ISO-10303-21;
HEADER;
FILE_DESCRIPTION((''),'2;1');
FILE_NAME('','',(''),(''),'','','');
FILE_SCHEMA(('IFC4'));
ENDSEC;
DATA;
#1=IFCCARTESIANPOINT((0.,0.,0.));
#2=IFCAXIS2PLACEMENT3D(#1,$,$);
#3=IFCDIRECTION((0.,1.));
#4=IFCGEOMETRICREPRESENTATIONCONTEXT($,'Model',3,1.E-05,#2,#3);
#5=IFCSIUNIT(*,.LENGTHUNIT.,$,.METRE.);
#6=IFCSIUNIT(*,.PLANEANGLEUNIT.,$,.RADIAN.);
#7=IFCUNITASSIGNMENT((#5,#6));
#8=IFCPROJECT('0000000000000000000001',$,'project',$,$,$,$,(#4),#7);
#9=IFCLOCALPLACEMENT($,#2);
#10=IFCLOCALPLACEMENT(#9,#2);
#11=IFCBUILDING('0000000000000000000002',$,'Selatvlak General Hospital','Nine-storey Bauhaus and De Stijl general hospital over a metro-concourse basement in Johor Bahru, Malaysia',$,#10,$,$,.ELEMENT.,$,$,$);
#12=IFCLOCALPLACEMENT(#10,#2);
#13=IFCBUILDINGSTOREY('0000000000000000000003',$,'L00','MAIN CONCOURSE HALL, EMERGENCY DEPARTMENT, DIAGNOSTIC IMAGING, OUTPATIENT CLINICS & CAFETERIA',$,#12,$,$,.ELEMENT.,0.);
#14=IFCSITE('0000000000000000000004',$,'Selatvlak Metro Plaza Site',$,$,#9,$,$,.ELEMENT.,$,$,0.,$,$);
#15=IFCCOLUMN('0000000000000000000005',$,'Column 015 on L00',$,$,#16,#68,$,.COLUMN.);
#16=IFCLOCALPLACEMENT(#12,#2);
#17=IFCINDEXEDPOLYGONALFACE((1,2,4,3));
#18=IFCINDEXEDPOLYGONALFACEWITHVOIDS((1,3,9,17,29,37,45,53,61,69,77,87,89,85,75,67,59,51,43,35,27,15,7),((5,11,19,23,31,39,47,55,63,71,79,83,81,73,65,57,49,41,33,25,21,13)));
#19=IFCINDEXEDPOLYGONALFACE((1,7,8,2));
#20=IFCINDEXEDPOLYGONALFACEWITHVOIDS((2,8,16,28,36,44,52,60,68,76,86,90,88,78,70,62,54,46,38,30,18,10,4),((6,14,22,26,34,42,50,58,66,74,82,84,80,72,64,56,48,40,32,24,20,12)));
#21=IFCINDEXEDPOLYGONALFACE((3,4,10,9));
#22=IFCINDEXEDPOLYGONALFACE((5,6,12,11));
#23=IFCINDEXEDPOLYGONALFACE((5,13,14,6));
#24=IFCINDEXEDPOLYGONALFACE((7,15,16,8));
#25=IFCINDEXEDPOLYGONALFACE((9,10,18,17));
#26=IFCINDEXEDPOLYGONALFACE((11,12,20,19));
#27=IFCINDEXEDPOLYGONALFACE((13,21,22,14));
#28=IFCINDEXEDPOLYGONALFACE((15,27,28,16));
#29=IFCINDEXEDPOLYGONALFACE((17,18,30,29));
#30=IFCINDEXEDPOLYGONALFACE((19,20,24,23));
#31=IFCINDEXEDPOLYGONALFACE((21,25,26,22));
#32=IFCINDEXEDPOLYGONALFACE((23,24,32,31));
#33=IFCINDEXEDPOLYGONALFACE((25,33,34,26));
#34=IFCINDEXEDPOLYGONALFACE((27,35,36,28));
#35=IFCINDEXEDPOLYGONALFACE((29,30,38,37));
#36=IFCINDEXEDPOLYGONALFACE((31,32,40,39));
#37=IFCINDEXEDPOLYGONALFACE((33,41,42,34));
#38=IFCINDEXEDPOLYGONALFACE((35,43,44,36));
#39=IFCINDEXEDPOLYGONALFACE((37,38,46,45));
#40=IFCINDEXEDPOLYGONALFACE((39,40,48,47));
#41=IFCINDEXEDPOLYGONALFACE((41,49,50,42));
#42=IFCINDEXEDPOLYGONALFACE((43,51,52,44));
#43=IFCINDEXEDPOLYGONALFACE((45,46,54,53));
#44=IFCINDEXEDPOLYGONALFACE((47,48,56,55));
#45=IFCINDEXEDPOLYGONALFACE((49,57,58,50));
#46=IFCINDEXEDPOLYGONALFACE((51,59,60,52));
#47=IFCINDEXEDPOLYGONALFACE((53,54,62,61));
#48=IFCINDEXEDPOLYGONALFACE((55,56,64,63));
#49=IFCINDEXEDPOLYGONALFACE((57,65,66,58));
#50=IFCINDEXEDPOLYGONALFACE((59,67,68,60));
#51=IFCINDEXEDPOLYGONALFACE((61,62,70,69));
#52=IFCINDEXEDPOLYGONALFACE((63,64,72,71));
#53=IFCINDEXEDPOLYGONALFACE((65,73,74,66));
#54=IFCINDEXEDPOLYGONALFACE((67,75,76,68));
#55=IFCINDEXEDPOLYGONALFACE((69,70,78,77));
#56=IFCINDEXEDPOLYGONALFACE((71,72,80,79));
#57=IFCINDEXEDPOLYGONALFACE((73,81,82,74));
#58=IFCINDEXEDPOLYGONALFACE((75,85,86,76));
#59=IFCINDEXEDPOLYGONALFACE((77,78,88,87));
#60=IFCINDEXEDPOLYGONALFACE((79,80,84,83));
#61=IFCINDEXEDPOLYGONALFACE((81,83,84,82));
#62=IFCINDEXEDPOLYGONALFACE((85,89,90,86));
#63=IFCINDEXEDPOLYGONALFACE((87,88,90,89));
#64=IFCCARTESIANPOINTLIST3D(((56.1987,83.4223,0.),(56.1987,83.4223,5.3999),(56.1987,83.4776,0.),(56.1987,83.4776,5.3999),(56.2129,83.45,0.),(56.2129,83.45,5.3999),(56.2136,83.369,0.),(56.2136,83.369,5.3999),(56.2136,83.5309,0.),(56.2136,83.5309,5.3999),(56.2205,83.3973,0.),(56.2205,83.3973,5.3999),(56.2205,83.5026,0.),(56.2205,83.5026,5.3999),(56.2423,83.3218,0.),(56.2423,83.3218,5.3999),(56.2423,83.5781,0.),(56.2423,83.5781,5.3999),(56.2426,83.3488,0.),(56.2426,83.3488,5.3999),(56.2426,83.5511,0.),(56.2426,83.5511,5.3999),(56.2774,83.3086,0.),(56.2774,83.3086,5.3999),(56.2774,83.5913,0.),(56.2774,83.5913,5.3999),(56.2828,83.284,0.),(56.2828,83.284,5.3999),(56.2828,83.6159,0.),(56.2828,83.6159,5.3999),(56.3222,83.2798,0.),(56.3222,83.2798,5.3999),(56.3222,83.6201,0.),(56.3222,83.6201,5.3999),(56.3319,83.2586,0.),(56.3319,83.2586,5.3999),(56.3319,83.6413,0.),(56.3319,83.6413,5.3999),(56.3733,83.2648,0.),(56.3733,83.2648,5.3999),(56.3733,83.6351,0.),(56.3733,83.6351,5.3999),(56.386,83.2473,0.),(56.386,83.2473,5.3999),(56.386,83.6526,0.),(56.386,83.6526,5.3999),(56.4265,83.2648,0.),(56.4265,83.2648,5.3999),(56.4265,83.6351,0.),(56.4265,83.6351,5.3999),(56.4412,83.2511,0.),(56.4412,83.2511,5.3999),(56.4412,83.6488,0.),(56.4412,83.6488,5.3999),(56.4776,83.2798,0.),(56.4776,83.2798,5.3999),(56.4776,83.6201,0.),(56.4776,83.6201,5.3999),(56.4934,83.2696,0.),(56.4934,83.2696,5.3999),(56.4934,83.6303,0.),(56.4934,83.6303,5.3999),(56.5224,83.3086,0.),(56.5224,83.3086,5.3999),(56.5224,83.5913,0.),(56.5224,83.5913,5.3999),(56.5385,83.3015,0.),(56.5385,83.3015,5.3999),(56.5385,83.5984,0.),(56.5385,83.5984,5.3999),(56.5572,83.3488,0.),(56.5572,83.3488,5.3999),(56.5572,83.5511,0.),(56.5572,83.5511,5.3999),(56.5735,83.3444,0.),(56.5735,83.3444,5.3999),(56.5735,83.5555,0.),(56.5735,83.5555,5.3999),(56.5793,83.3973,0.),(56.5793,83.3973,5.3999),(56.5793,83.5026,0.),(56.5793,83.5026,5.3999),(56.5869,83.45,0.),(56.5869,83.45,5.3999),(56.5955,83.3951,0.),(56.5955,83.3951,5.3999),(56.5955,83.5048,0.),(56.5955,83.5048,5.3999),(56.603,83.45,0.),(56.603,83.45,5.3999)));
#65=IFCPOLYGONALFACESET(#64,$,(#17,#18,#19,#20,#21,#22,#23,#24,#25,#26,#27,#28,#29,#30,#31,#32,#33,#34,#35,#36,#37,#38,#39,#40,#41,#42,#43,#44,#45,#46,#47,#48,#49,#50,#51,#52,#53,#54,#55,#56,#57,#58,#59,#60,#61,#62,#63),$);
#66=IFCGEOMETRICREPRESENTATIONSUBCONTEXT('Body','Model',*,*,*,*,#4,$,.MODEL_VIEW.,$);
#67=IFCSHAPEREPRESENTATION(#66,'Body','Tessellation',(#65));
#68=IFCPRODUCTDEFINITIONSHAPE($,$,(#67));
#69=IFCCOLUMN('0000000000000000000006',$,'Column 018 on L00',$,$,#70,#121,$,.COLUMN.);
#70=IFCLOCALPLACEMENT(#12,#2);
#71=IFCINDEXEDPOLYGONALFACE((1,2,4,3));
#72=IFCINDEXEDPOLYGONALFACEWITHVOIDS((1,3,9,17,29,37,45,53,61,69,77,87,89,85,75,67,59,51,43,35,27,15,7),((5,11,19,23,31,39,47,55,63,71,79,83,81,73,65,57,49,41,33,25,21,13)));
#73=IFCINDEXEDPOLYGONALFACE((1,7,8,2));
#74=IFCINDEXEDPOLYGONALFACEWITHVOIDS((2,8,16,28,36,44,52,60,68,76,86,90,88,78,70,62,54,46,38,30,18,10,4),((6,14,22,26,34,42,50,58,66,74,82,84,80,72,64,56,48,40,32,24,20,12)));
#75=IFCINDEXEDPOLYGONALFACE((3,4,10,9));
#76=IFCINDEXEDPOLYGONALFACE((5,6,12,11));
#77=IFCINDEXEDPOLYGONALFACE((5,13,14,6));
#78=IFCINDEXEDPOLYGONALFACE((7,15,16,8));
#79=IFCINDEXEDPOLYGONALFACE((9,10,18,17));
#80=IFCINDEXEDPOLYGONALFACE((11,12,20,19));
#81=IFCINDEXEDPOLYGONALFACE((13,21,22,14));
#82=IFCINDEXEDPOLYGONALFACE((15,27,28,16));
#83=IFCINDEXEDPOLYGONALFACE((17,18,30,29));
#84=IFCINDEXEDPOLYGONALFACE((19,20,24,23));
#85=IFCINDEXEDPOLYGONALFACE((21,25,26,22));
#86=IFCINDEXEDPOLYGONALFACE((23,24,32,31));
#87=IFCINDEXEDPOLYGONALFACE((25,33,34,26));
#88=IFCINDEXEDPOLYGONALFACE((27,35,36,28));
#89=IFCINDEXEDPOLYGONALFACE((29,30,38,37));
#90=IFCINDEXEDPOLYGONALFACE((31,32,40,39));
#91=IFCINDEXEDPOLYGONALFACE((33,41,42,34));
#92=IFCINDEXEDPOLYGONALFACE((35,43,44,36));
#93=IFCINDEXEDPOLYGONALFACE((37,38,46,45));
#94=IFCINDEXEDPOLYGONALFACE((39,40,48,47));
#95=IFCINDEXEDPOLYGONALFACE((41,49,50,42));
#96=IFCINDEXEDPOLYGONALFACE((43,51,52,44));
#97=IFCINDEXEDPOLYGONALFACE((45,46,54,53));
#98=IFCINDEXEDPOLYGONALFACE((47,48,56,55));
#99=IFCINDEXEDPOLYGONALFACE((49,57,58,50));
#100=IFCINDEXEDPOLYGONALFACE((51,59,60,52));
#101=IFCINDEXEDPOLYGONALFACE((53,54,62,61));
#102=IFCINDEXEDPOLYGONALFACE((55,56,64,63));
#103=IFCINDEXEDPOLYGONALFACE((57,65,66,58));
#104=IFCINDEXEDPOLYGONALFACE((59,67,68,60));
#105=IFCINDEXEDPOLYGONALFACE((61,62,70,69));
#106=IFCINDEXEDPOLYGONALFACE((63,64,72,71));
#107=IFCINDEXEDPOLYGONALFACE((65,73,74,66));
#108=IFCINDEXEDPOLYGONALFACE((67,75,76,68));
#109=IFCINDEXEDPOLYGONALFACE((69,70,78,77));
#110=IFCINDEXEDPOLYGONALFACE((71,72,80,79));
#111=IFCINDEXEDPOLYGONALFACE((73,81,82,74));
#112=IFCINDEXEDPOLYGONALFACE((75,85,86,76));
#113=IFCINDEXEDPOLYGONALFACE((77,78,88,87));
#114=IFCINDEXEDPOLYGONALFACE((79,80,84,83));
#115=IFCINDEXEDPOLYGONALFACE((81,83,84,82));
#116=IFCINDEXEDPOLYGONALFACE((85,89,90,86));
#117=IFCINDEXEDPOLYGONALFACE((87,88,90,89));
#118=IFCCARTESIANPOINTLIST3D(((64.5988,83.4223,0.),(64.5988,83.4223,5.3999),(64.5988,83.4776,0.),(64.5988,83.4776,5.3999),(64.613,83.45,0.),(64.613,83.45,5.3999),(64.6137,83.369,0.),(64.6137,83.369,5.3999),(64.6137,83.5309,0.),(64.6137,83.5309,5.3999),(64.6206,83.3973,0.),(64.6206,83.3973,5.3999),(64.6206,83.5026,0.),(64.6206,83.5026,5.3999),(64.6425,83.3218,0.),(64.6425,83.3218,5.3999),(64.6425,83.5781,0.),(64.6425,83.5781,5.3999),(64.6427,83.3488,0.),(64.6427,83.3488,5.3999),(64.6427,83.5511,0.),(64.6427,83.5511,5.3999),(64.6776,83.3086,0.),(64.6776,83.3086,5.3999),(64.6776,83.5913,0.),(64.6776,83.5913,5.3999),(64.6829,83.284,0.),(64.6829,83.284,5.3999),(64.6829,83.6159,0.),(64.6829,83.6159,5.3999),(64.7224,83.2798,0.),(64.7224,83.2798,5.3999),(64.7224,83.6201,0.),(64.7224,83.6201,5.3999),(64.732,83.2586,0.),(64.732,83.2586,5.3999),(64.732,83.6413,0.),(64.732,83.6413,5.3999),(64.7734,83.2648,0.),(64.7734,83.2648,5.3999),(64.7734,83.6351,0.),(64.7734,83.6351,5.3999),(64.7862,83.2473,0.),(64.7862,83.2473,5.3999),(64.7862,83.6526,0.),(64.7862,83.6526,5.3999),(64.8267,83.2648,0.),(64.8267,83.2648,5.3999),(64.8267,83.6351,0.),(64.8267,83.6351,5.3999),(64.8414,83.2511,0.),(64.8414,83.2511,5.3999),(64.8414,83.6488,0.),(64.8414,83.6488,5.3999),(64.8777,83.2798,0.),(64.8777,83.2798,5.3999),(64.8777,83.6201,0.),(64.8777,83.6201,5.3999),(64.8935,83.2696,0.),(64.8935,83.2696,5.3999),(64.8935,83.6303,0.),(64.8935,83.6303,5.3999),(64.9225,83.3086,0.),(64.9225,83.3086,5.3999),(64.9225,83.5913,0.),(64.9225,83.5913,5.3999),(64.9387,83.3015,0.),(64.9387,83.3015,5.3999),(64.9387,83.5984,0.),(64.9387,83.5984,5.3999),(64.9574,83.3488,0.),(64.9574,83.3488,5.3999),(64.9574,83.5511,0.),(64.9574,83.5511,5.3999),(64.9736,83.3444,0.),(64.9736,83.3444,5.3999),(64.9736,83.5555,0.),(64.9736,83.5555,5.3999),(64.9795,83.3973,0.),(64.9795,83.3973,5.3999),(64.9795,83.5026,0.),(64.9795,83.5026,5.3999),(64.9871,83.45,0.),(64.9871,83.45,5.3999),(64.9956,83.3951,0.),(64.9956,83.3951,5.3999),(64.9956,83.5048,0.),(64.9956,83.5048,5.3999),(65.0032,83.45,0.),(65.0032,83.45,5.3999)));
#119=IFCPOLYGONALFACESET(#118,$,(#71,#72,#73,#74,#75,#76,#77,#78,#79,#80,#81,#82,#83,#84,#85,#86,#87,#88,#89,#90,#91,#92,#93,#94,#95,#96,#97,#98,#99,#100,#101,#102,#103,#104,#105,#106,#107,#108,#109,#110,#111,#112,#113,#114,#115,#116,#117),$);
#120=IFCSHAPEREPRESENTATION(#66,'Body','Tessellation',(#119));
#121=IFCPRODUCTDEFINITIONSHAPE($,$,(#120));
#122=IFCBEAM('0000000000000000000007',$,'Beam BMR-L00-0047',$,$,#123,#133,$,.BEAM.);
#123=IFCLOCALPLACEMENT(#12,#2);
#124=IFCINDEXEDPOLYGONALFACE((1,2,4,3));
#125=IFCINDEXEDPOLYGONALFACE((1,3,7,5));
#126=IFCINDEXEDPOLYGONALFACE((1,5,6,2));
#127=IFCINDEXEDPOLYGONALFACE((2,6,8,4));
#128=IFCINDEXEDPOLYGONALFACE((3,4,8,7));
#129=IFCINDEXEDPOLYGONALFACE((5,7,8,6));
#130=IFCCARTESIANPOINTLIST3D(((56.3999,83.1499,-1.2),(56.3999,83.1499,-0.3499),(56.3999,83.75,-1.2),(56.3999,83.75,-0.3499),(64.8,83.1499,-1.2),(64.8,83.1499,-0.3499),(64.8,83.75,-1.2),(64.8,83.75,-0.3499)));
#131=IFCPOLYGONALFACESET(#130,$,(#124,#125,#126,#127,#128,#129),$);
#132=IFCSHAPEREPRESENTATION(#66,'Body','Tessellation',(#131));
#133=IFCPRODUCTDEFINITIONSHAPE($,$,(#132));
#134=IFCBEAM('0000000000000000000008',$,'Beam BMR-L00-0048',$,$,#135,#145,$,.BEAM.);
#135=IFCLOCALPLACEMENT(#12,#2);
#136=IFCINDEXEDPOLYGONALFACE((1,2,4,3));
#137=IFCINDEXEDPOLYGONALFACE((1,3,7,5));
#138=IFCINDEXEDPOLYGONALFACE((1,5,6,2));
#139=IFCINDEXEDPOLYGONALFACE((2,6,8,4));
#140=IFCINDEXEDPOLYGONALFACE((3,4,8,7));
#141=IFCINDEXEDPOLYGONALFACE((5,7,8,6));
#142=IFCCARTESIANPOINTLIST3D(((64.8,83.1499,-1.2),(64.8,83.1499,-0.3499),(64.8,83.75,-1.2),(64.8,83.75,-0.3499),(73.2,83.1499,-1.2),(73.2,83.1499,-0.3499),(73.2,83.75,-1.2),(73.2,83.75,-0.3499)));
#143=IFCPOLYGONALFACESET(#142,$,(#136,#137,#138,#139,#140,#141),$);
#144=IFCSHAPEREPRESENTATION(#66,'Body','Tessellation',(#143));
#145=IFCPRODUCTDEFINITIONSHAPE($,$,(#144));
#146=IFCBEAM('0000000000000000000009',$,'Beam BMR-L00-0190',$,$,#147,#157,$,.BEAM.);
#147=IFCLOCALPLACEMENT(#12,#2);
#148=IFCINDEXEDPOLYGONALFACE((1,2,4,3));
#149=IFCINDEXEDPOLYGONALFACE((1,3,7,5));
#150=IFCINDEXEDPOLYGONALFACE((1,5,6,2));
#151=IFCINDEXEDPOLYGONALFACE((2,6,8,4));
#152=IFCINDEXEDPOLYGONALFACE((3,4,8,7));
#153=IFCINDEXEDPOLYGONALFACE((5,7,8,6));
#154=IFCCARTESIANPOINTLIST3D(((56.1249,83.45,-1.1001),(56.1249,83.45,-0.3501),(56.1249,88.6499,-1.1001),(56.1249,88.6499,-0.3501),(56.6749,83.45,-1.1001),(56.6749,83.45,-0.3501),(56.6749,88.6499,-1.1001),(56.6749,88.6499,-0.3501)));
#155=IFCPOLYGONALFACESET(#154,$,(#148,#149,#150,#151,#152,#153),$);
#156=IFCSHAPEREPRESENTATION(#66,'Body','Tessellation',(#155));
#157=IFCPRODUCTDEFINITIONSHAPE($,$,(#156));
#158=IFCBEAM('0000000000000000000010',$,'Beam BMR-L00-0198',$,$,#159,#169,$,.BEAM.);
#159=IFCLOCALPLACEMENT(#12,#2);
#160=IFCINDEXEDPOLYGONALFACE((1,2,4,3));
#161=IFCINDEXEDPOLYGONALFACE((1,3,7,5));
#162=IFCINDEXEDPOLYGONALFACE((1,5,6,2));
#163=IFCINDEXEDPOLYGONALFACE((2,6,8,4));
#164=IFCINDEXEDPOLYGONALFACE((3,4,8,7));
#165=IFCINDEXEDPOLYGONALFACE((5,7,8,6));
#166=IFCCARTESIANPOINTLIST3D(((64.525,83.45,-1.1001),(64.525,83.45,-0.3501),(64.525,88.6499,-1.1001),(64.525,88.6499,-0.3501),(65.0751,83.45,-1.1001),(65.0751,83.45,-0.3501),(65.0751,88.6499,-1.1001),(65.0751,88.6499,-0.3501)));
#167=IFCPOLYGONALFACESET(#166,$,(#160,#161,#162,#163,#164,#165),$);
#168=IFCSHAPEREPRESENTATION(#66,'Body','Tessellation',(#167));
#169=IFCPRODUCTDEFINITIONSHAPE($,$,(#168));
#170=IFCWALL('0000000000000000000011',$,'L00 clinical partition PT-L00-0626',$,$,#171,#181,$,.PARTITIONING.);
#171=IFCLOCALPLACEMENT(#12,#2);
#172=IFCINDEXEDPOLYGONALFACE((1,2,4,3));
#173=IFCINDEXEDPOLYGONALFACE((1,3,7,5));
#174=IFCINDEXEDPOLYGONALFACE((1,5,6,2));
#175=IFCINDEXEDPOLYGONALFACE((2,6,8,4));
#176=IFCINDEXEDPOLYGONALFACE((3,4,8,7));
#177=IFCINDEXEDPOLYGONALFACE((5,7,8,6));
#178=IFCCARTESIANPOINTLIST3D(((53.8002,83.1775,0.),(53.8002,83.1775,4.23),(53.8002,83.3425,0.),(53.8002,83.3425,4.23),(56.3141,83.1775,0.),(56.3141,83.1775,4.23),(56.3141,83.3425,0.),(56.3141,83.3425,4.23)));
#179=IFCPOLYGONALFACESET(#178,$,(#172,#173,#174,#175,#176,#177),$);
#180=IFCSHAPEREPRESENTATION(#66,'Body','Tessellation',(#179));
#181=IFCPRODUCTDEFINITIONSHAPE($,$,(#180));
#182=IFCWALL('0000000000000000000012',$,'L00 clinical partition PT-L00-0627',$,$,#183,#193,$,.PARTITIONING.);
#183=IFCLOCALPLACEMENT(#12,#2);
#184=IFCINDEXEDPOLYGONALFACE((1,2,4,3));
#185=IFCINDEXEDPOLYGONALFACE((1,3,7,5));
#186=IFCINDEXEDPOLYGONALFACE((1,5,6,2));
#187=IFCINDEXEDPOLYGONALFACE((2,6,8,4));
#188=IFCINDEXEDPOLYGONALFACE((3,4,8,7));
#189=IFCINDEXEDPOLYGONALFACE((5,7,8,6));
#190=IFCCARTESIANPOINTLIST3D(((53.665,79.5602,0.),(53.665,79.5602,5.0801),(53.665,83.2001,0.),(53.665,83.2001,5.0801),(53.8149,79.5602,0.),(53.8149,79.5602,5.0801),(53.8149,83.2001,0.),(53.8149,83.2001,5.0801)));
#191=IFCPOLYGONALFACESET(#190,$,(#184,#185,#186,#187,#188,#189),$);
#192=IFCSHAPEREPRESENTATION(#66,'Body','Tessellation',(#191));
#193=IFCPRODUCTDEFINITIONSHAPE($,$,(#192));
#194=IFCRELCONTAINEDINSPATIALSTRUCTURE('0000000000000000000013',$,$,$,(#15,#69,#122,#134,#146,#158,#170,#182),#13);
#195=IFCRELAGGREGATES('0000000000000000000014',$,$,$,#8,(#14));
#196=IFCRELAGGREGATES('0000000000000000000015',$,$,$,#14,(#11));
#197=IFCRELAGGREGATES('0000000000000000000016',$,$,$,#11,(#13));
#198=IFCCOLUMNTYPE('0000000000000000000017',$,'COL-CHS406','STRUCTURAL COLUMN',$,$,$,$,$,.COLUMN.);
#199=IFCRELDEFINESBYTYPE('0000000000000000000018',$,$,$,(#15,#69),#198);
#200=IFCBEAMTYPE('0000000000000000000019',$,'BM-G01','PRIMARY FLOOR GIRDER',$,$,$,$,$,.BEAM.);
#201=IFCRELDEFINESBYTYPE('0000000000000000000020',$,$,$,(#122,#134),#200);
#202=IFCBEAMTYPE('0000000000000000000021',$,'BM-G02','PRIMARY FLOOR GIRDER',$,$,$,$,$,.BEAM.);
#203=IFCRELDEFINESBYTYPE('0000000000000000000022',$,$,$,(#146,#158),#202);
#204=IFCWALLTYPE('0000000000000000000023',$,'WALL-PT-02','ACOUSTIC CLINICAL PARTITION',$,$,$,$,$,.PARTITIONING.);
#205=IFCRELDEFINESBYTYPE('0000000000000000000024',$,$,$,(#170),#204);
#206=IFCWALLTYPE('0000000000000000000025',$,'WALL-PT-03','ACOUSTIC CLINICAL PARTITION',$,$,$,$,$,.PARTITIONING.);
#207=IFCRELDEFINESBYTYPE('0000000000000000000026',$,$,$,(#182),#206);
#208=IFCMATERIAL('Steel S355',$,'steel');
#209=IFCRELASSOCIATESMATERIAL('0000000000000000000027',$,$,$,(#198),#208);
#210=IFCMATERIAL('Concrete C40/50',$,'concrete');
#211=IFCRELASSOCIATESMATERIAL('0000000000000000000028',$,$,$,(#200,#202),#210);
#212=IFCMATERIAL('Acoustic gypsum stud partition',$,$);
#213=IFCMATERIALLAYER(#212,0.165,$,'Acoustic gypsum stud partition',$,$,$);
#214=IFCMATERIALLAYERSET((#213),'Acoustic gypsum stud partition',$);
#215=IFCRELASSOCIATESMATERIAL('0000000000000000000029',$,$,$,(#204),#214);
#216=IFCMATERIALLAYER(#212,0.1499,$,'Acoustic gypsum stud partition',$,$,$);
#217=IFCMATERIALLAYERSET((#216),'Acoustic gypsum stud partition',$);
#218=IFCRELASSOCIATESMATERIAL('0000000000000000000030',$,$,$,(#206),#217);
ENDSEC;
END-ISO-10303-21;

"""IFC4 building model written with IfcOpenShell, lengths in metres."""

from ifc_helpers import new_model, si_unit, direction, frame, frame_2d, origin, origin_2d, place, context, subcontext, project, spatial, rectangle, hollow_circle, extrude, material, layer, layer_set, material_profile, profile_set, type_object, element, save


model = new_model("IFC4")

# Units and contexts
model_context = context("Model", 3, precision=1e-05, world=origin(), true_north=direction((0.0, 1.0)))
body_context = subcontext(model_context, "Body", "Model", "MODEL_VIEW")
ifc_project = project(units=[si_unit("LENGTHUNIT", "METRE"), si_unit("PLANEANGLEUNIT", "RADIAN")], contexts=[model_context])

# Site, building, storey
site_placement = place(None, origin())
site = spatial("IfcSite", under=ifc_project, at=site_placement, Name="Selatvlak Metro Plaza Site", CompositionType="ELEMENT", RefElevation=0.0)
building_placement = place(site_placement, origin())
building = spatial("IfcBuilding", under=site, at=building_placement, Name="Selatvlak General Hospital", Description="Nine-storey Bauhaus and De Stijl general hospital over a metro-concourse basement in Johor Bahru, Malaysia", CompositionType="ELEMENT")
storey_placement = place(building_placement, origin())
storey = spatial("IfcBuildingStorey", under=building, at=storey_placement, Name="L00", Description="MAIN CONCOURSE HALL, EMERGENCY DEPARTMENT, DIAGNOSTIC IMAGING, OUTPATIENT CLINICS & CAFETERIA", CompositionType="ELEMENT", Elevation=0.0)

# Columns
ifc_material_1 = material(Name="Steel S355", Category="steel")
ifc_material_profile_1 = material_profile(ifc_material_1, hollow_circle(Radius=0.2031, WallThickness=0.0161, at=origin_2d()), Name="CHS 406.4x16")
ifc_profile_set_1 = profile_set([ifc_material_profile_1], Name="Steel S355")
column_type = type_object("IfcColumnType", Name="COL-CHS406", Description="STRUCTURAL COLUMN", PredefinedType="COLUMN", material=ifc_profile_set_1)
for number, where, z_axis, x_axis, name in (
    (1, (56.3999, 83.45, 0.0), (0.0, 0.0, 1.0), (1.0, 0.0, 0.0), "Column 015 on L00"),
    (2, (64.8, 83.45, 0.0), (0.0, 0.0, 1.0), (1.0, 0.0, 0.0), "Column 018 on L00"),
):
    element("IfcColumn", number, at=place(storey_placement, frame(where, z_axis=z_axis, x_axis=x_axis)), inside=storey, type_object=column_type, Name=name, PredefinedType="COLUMN", context=body_context, shape_type="SweptSolid", body=[
        extrude(hollow_circle(Radius=0.2031, WallThickness=0.0161, at=origin_2d()), origin(), (0.0, 0.0, 1.0), 5.3999),
    ])

# Beams
ifc_material_2 = material(Name="Concrete C40/50", Category="concrete")
ifc_material_profile_2 = material_profile(ifc_material_2, rectangle(XDim=0.6001, YDim=0.8501, at=origin_2d()), Name="RC-BM 600x850")
ifc_profile_set_2 = profile_set([ifc_material_profile_2], Name="Concrete C40/50")
beam_type_1 = type_object("IfcBeamType", Name="BM-G01", Description="PRIMARY FLOOR GIRDER", PredefinedType="BEAM", material=ifc_profile_set_2)
beam_1_placement = place(storey_placement, frame((56.3999, 83.45, -0.7749), z_axis=(1.0, 0.0, 0.0), x_axis=(0.0, 1.0, 0.0)))
element("IfcBeam", 3, at=beam_1_placement, inside=storey, type_object=beam_type_1, Name="Beam BMR-L00-0047", PredefinedType="BEAM", context=body_context, shape_type="SweptSolid", body=[
    extrude(rectangle(XDim=0.6001, YDim=0.8501, at=origin_2d()), origin(), (0.0, 0.0, 1.0), 8.4001),
])
beam_2_placement = place(storey_placement, frame((64.8, 83.45, -0.7749), z_axis=(1.0, 0.0, 0.0), x_axis=(0.0, 1.0, 0.0)))
element("IfcBeam", 4, at=beam_2_placement, inside=storey, type_object=beam_type_1, Name="Beam BMR-L00-0048", PredefinedType="BEAM", context=body_context, shape_type="SweptSolid", body=[
    extrude(rectangle(XDim=0.6001, YDim=0.8501, at=origin_2d()), origin(), (0.0, 0.0, 1.0), 8.3999),
])
ifc_material_profile_3 = material_profile(ifc_material_2, rectangle(XDim=0.55, YDim=0.75, at=origin_2d()), Name="RC-BM 550x750")
ifc_profile_set_3 = profile_set([ifc_material_profile_3], Name="Concrete C40/50")
beam_type_2 = type_object("IfcBeamType", Name="BM-G02", Description="PRIMARY FLOOR GIRDER", PredefinedType="BEAM", material=ifc_profile_set_3)
for number, where, z_axis, x_axis, name in (
    (5, (56.3999, 83.45, -0.7251), (0.0, 1.0, 0.0), (-1.0, 0.0, 0.0), "Beam BMR-L00-0190"),
    (6, (64.8, 83.45, -0.7251), (0.0, 1.0, 0.0), (-1.0, 0.0, 0.0), "Beam BMR-L00-0198"),
):
    element("IfcBeam", number, at=place(storey_placement, frame(where, z_axis=z_axis, x_axis=x_axis)), inside=storey, type_object=beam_type_2, Name=name, PredefinedType="BEAM", context=body_context, shape_type="SweptSolid", body=[
        extrude(rectangle(XDim=0.55, YDim=0.75, at=origin_2d()), origin(), (0.0, 0.0, 1.0), 5.2),
    ])

# Walls
ifc_material_3 = material(Name="Acoustic gypsum stud partition")
ifc_layer_1 = layer(ifc_material_3, 0.165, Name="Acoustic gypsum stud partition")
ifc_layer_set_1 = layer_set([ifc_layer_1], Name="Acoustic gypsum stud partition")
wall_type_1 = type_object("IfcWallType", Name="WALL-PT-02", Description="ACOUSTIC CLINICAL PARTITION", PredefinedType="PARTITIONING", material=ifc_layer_set_1)
wall_1_placement = place(storey_placement, frame((56.314, 83.26, 0.0), z_axis=(0.0, 0.0, 1.0), x_axis=(-1.0, 0.0, 0.0)))
element("IfcWall", 7, at=wall_1_placement, inside=storey, type_object=wall_type_1, Name="L00 clinical partition PT-L00-0626", PredefinedType="PARTITIONING", context=body_context, shape_type="SweptSolid", body=[
    extrude(rectangle(XDim=2.5139, YDim=0.165, at=frame_2d((1.2568, 0.0))), origin(), (0.0, 0.0, 1.0), 4.23),
])
ifc_layer_2 = layer(ifc_material_3, 0.1499, Name="Acoustic gypsum stud partition")
ifc_layer_set_2 = layer_set([ifc_layer_2], Name="Acoustic gypsum stud partition")
wall_type_2 = type_object("IfcWallType", Name="WALL-PT-03", Description="ACOUSTIC CLINICAL PARTITION", PredefinedType="PARTITIONING", material=ifc_layer_set_2)
wall_2_placement = place(storey_placement, frame((53.74, 83.2, 0.0), z_axis=(0.0, 0.0, 1.0), x_axis=(0.0, -1.0, 0.0)))
element("IfcWall", 8, at=wall_2_placement, inside=storey, type_object=wall_type_2, Name="L00 clinical partition PT-L00-0627", PredefinedType="PARTITIONING", context=body_context, shape_type="SweptSolid", body=[
    extrude(rectangle(XDim=3.6399, YDim=0.1499, at=frame_2d((1.8198, 0.0))), origin(), (0.0, 0.0, 1.0), 5.0801),
])

save(model, "model.ifc")
